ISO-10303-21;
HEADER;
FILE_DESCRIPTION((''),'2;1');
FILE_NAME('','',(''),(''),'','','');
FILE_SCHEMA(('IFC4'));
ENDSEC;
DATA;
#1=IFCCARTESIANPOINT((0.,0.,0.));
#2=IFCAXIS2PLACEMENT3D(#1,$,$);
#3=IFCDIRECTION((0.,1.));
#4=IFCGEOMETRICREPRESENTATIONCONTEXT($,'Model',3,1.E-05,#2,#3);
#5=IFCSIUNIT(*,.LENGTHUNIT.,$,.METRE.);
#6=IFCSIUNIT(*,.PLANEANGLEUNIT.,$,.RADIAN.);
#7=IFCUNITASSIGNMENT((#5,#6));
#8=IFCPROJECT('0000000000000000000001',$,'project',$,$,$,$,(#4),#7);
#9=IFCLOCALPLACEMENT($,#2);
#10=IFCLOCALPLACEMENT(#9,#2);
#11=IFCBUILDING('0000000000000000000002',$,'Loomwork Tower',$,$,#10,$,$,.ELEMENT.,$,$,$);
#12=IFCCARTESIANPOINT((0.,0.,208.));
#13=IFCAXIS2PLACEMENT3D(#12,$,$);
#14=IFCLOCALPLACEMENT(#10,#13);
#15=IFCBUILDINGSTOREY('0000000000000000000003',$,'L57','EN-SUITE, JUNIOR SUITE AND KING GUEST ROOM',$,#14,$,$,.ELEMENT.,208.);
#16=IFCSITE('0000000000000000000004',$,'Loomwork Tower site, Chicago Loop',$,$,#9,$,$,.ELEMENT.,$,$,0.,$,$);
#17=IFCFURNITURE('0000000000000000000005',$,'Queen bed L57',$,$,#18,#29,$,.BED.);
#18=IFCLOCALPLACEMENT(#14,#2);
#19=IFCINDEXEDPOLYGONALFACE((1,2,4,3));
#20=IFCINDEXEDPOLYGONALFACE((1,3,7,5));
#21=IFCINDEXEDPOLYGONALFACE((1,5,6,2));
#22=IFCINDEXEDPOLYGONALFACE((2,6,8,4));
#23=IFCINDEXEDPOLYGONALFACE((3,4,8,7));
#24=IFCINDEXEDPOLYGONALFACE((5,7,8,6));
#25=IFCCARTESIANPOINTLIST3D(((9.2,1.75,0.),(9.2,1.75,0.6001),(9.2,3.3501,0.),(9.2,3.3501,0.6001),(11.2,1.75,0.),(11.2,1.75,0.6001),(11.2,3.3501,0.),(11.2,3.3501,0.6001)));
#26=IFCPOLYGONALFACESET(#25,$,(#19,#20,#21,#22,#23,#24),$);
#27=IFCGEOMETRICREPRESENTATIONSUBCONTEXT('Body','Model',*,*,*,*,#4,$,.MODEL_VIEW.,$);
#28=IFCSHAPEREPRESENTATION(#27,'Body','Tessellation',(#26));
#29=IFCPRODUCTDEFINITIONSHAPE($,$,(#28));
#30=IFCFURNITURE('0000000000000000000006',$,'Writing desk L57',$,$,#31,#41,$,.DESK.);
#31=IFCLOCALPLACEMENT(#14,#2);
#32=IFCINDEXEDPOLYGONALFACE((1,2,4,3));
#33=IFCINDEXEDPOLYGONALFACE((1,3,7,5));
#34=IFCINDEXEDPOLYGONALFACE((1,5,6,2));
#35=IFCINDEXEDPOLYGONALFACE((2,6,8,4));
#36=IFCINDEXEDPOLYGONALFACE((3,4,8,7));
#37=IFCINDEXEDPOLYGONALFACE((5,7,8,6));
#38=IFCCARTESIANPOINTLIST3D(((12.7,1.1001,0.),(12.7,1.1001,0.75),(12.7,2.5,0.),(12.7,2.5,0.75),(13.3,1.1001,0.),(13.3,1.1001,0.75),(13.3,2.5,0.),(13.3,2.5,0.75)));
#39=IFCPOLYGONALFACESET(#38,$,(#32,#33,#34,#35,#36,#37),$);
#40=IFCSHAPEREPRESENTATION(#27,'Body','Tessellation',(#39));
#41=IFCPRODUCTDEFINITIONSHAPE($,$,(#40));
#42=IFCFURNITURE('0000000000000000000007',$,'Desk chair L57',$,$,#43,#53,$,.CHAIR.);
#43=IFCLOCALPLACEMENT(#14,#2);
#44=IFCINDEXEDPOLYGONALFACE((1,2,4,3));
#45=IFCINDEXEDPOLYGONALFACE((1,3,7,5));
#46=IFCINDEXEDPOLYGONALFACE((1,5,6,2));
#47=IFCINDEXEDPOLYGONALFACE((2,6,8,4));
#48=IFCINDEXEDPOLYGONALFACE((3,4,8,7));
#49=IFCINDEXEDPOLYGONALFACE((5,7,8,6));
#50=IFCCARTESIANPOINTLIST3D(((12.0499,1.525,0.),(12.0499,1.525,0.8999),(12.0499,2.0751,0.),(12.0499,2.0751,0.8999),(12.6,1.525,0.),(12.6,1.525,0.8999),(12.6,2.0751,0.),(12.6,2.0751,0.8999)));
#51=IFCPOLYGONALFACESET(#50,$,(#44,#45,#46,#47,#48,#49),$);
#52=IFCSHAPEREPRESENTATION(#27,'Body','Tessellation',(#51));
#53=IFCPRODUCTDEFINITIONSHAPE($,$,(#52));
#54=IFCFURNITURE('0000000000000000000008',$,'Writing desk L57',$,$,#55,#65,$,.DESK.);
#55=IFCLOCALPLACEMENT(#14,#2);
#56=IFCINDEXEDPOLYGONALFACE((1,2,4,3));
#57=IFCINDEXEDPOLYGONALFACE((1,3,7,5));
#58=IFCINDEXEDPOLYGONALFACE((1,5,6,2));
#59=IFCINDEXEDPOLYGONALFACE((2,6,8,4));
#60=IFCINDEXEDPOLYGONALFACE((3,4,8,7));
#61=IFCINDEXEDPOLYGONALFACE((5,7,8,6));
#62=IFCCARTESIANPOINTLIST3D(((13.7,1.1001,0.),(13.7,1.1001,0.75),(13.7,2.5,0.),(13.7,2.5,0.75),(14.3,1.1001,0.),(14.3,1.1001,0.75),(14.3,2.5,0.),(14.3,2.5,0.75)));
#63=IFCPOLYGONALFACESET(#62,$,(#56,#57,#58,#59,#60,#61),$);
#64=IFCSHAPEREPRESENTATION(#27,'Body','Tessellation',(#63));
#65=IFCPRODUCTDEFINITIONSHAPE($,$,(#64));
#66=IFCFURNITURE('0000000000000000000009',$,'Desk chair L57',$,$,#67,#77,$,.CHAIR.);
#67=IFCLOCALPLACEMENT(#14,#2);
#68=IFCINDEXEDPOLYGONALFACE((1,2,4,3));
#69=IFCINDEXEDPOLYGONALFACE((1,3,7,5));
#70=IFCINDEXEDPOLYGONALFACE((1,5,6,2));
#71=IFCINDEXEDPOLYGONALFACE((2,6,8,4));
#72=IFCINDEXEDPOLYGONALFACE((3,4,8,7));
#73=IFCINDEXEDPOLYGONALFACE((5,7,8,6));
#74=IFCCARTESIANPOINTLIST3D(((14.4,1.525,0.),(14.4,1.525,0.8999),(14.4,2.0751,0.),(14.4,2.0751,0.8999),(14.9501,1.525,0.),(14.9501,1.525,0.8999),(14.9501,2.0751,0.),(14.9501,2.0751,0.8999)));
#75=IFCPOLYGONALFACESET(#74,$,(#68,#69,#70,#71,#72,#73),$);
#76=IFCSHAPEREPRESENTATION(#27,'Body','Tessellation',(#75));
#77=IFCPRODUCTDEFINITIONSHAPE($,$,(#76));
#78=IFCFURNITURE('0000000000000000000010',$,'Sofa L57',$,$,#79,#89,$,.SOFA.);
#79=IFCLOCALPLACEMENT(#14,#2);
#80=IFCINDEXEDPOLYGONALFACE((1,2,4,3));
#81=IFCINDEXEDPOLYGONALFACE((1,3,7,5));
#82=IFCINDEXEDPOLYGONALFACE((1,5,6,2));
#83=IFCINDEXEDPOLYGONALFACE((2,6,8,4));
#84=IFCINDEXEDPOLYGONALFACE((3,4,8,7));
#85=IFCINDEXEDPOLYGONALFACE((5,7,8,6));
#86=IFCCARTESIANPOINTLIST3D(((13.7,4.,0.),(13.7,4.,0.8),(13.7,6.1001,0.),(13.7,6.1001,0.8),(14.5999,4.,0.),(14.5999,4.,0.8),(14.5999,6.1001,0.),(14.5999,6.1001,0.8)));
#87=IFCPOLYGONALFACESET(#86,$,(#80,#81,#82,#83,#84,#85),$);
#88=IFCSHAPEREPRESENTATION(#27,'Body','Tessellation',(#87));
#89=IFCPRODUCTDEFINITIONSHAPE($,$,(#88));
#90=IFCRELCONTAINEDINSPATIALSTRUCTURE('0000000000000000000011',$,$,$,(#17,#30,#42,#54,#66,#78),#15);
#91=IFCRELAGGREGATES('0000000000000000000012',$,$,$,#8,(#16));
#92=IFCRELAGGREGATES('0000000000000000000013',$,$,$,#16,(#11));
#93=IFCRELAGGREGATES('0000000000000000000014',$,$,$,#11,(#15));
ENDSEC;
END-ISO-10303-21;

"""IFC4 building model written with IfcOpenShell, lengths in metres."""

from ifc_helpers import new_model, si_unit, direction, frame, origin, origin_2d, place, context, subcontext, project, spatial, rectangle, extrude, element, save


model = new_model("IFC4")

# Units and contexts
model_context = context("Model", 3, precision=1e-05, world=origin(), true_north=direction((0.0, 1.0)))
body_context = subcontext(model_context, "Body", "Model", "MODEL_VIEW")
ifc_project = project(units=[si_unit("LENGTHUNIT", "METRE"), si_unit("PLANEANGLEUNIT", "RADIAN")], contexts=[model_context])

# Site, building, storey
site_placement = place(None, origin())
site = spatial("IfcSite", under=ifc_project, at=site_placement, Name="Loomwork Tower site, Chicago Loop", CompositionType="ELEMENT", RefElevation=0.0)
building_placement = place(site_placement, origin())
building = spatial("IfcBuilding", under=site, at=building_placement, Name="Loomwork Tower", CompositionType="ELEMENT")
storey_placement = place(building_placement, frame((0.0, 0.0, 208.0)))
storey = spatial("IfcBuildingStorey", under=building, at=storey_placement, Name="L57", Description="EN-SUITE, JUNIOR SUITE AND KING GUEST ROOM", CompositionType="ELEMENT", Elevation=208.0)

# Furniture
for number, where, z_axis, x_axis, name in (
    (1, (10.2, 2.55, 0.0), (0.0, 0.0, 1.0), (1.0, 0.0, 0.0), "Queen bed L57"),
):
    element("IfcFurniture", number, at=place(storey_placement, frame(where, z_axis=z_axis, x_axis=x_axis)), inside=storey, Name=name, PredefinedType="BED", context=body_context, shape_type="SweptSolid", body=[
        extrude(rectangle(XDim=2.0, YDim=1.6001, at=origin_2d()), origin(), (0.0, 0.0, 1.0), 0.6001),
    ])
furniture_1_placement = place(storey_placement, frame((13.0, 1.8, 0.0), z_axis=(0.0, 0.0, 1.0), x_axis=(1.0, 0.0, 0.0)))
element("IfcFurniture", 2, at=furniture_1_placement, inside=storey, Name="Writing desk L57", PredefinedType="DESK", context=body_context, shape_type="SweptSolid", body=[
    extrude(rectangle(XDim=0.6001, YDim=1.3999, at=origin_2d()), origin(), (0.0, 0.0, 1.0), 0.75),
])
furniture_2_placement = place(storey_placement, frame((12.325, 1.8, 0.0), z_axis=(0.0, 0.0, 1.0), x_axis=(1.0, 0.0, 0.0)))
element("IfcFurniture", 3, at=furniture_2_placement, inside=storey, Name="Desk chair L57", PredefinedType="CHAIR", context=body_context, shape_type="SweptSolid", body=[
    extrude(rectangle(XDim=0.55, YDim=0.55, at=origin_2d()), origin(), (0.0, 0.0, 1.0), 0.8999),
])
furniture_3_placement = place(storey_placement, frame((14.0, 1.8, 0.0), z_axis=(0.0, 0.0, 1.0), x_axis=(1.0, 0.0, 0.0)))
element("IfcFurniture", 4, at=furniture_3_placement, inside=storey, Name="Writing desk L57", PredefinedType="DESK", context=body_context, shape_type="SweptSolid", body=[
    extrude(rectangle(XDim=0.6001, YDim=1.3999, at=origin_2d()), origin(), (0.0, 0.0, 1.0), 0.75),
])
furniture_4_placement = place(storey_placement, frame((14.675, 1.8, 0.0), z_axis=(0.0, 0.0, 1.0), x_axis=(1.0, 0.0, 0.0)))
element("IfcFurniture", 5, at=furniture_4_placement, inside=storey, Name="Desk chair L57", PredefinedType="CHAIR", context=body_context, shape_type="SweptSolid", body=[
    extrude(rectangle(XDim=0.55, YDim=0.55, at=origin_2d()), origin(), (0.0, 0.0, 1.0), 0.8999),
])
furniture_5_placement = place(storey_placement, frame((14.1499, 5.05, 0.0), z_axis=(0.0, 0.0, 1.0), x_axis=(1.0, 0.0, 0.0)))
element("IfcFurniture", 6, at=furniture_5_placement, inside=storey, Name="Sofa L57", PredefinedType="SOFA", context=body_context, shape_type="SweptSolid", body=[
    extrude(rectangle(XDim=0.8999, YDim=2.1001, at=origin_2d()), origin(), (0.0, 0.0, 1.0), 0.8),
])

save(model, "model.ifc")
